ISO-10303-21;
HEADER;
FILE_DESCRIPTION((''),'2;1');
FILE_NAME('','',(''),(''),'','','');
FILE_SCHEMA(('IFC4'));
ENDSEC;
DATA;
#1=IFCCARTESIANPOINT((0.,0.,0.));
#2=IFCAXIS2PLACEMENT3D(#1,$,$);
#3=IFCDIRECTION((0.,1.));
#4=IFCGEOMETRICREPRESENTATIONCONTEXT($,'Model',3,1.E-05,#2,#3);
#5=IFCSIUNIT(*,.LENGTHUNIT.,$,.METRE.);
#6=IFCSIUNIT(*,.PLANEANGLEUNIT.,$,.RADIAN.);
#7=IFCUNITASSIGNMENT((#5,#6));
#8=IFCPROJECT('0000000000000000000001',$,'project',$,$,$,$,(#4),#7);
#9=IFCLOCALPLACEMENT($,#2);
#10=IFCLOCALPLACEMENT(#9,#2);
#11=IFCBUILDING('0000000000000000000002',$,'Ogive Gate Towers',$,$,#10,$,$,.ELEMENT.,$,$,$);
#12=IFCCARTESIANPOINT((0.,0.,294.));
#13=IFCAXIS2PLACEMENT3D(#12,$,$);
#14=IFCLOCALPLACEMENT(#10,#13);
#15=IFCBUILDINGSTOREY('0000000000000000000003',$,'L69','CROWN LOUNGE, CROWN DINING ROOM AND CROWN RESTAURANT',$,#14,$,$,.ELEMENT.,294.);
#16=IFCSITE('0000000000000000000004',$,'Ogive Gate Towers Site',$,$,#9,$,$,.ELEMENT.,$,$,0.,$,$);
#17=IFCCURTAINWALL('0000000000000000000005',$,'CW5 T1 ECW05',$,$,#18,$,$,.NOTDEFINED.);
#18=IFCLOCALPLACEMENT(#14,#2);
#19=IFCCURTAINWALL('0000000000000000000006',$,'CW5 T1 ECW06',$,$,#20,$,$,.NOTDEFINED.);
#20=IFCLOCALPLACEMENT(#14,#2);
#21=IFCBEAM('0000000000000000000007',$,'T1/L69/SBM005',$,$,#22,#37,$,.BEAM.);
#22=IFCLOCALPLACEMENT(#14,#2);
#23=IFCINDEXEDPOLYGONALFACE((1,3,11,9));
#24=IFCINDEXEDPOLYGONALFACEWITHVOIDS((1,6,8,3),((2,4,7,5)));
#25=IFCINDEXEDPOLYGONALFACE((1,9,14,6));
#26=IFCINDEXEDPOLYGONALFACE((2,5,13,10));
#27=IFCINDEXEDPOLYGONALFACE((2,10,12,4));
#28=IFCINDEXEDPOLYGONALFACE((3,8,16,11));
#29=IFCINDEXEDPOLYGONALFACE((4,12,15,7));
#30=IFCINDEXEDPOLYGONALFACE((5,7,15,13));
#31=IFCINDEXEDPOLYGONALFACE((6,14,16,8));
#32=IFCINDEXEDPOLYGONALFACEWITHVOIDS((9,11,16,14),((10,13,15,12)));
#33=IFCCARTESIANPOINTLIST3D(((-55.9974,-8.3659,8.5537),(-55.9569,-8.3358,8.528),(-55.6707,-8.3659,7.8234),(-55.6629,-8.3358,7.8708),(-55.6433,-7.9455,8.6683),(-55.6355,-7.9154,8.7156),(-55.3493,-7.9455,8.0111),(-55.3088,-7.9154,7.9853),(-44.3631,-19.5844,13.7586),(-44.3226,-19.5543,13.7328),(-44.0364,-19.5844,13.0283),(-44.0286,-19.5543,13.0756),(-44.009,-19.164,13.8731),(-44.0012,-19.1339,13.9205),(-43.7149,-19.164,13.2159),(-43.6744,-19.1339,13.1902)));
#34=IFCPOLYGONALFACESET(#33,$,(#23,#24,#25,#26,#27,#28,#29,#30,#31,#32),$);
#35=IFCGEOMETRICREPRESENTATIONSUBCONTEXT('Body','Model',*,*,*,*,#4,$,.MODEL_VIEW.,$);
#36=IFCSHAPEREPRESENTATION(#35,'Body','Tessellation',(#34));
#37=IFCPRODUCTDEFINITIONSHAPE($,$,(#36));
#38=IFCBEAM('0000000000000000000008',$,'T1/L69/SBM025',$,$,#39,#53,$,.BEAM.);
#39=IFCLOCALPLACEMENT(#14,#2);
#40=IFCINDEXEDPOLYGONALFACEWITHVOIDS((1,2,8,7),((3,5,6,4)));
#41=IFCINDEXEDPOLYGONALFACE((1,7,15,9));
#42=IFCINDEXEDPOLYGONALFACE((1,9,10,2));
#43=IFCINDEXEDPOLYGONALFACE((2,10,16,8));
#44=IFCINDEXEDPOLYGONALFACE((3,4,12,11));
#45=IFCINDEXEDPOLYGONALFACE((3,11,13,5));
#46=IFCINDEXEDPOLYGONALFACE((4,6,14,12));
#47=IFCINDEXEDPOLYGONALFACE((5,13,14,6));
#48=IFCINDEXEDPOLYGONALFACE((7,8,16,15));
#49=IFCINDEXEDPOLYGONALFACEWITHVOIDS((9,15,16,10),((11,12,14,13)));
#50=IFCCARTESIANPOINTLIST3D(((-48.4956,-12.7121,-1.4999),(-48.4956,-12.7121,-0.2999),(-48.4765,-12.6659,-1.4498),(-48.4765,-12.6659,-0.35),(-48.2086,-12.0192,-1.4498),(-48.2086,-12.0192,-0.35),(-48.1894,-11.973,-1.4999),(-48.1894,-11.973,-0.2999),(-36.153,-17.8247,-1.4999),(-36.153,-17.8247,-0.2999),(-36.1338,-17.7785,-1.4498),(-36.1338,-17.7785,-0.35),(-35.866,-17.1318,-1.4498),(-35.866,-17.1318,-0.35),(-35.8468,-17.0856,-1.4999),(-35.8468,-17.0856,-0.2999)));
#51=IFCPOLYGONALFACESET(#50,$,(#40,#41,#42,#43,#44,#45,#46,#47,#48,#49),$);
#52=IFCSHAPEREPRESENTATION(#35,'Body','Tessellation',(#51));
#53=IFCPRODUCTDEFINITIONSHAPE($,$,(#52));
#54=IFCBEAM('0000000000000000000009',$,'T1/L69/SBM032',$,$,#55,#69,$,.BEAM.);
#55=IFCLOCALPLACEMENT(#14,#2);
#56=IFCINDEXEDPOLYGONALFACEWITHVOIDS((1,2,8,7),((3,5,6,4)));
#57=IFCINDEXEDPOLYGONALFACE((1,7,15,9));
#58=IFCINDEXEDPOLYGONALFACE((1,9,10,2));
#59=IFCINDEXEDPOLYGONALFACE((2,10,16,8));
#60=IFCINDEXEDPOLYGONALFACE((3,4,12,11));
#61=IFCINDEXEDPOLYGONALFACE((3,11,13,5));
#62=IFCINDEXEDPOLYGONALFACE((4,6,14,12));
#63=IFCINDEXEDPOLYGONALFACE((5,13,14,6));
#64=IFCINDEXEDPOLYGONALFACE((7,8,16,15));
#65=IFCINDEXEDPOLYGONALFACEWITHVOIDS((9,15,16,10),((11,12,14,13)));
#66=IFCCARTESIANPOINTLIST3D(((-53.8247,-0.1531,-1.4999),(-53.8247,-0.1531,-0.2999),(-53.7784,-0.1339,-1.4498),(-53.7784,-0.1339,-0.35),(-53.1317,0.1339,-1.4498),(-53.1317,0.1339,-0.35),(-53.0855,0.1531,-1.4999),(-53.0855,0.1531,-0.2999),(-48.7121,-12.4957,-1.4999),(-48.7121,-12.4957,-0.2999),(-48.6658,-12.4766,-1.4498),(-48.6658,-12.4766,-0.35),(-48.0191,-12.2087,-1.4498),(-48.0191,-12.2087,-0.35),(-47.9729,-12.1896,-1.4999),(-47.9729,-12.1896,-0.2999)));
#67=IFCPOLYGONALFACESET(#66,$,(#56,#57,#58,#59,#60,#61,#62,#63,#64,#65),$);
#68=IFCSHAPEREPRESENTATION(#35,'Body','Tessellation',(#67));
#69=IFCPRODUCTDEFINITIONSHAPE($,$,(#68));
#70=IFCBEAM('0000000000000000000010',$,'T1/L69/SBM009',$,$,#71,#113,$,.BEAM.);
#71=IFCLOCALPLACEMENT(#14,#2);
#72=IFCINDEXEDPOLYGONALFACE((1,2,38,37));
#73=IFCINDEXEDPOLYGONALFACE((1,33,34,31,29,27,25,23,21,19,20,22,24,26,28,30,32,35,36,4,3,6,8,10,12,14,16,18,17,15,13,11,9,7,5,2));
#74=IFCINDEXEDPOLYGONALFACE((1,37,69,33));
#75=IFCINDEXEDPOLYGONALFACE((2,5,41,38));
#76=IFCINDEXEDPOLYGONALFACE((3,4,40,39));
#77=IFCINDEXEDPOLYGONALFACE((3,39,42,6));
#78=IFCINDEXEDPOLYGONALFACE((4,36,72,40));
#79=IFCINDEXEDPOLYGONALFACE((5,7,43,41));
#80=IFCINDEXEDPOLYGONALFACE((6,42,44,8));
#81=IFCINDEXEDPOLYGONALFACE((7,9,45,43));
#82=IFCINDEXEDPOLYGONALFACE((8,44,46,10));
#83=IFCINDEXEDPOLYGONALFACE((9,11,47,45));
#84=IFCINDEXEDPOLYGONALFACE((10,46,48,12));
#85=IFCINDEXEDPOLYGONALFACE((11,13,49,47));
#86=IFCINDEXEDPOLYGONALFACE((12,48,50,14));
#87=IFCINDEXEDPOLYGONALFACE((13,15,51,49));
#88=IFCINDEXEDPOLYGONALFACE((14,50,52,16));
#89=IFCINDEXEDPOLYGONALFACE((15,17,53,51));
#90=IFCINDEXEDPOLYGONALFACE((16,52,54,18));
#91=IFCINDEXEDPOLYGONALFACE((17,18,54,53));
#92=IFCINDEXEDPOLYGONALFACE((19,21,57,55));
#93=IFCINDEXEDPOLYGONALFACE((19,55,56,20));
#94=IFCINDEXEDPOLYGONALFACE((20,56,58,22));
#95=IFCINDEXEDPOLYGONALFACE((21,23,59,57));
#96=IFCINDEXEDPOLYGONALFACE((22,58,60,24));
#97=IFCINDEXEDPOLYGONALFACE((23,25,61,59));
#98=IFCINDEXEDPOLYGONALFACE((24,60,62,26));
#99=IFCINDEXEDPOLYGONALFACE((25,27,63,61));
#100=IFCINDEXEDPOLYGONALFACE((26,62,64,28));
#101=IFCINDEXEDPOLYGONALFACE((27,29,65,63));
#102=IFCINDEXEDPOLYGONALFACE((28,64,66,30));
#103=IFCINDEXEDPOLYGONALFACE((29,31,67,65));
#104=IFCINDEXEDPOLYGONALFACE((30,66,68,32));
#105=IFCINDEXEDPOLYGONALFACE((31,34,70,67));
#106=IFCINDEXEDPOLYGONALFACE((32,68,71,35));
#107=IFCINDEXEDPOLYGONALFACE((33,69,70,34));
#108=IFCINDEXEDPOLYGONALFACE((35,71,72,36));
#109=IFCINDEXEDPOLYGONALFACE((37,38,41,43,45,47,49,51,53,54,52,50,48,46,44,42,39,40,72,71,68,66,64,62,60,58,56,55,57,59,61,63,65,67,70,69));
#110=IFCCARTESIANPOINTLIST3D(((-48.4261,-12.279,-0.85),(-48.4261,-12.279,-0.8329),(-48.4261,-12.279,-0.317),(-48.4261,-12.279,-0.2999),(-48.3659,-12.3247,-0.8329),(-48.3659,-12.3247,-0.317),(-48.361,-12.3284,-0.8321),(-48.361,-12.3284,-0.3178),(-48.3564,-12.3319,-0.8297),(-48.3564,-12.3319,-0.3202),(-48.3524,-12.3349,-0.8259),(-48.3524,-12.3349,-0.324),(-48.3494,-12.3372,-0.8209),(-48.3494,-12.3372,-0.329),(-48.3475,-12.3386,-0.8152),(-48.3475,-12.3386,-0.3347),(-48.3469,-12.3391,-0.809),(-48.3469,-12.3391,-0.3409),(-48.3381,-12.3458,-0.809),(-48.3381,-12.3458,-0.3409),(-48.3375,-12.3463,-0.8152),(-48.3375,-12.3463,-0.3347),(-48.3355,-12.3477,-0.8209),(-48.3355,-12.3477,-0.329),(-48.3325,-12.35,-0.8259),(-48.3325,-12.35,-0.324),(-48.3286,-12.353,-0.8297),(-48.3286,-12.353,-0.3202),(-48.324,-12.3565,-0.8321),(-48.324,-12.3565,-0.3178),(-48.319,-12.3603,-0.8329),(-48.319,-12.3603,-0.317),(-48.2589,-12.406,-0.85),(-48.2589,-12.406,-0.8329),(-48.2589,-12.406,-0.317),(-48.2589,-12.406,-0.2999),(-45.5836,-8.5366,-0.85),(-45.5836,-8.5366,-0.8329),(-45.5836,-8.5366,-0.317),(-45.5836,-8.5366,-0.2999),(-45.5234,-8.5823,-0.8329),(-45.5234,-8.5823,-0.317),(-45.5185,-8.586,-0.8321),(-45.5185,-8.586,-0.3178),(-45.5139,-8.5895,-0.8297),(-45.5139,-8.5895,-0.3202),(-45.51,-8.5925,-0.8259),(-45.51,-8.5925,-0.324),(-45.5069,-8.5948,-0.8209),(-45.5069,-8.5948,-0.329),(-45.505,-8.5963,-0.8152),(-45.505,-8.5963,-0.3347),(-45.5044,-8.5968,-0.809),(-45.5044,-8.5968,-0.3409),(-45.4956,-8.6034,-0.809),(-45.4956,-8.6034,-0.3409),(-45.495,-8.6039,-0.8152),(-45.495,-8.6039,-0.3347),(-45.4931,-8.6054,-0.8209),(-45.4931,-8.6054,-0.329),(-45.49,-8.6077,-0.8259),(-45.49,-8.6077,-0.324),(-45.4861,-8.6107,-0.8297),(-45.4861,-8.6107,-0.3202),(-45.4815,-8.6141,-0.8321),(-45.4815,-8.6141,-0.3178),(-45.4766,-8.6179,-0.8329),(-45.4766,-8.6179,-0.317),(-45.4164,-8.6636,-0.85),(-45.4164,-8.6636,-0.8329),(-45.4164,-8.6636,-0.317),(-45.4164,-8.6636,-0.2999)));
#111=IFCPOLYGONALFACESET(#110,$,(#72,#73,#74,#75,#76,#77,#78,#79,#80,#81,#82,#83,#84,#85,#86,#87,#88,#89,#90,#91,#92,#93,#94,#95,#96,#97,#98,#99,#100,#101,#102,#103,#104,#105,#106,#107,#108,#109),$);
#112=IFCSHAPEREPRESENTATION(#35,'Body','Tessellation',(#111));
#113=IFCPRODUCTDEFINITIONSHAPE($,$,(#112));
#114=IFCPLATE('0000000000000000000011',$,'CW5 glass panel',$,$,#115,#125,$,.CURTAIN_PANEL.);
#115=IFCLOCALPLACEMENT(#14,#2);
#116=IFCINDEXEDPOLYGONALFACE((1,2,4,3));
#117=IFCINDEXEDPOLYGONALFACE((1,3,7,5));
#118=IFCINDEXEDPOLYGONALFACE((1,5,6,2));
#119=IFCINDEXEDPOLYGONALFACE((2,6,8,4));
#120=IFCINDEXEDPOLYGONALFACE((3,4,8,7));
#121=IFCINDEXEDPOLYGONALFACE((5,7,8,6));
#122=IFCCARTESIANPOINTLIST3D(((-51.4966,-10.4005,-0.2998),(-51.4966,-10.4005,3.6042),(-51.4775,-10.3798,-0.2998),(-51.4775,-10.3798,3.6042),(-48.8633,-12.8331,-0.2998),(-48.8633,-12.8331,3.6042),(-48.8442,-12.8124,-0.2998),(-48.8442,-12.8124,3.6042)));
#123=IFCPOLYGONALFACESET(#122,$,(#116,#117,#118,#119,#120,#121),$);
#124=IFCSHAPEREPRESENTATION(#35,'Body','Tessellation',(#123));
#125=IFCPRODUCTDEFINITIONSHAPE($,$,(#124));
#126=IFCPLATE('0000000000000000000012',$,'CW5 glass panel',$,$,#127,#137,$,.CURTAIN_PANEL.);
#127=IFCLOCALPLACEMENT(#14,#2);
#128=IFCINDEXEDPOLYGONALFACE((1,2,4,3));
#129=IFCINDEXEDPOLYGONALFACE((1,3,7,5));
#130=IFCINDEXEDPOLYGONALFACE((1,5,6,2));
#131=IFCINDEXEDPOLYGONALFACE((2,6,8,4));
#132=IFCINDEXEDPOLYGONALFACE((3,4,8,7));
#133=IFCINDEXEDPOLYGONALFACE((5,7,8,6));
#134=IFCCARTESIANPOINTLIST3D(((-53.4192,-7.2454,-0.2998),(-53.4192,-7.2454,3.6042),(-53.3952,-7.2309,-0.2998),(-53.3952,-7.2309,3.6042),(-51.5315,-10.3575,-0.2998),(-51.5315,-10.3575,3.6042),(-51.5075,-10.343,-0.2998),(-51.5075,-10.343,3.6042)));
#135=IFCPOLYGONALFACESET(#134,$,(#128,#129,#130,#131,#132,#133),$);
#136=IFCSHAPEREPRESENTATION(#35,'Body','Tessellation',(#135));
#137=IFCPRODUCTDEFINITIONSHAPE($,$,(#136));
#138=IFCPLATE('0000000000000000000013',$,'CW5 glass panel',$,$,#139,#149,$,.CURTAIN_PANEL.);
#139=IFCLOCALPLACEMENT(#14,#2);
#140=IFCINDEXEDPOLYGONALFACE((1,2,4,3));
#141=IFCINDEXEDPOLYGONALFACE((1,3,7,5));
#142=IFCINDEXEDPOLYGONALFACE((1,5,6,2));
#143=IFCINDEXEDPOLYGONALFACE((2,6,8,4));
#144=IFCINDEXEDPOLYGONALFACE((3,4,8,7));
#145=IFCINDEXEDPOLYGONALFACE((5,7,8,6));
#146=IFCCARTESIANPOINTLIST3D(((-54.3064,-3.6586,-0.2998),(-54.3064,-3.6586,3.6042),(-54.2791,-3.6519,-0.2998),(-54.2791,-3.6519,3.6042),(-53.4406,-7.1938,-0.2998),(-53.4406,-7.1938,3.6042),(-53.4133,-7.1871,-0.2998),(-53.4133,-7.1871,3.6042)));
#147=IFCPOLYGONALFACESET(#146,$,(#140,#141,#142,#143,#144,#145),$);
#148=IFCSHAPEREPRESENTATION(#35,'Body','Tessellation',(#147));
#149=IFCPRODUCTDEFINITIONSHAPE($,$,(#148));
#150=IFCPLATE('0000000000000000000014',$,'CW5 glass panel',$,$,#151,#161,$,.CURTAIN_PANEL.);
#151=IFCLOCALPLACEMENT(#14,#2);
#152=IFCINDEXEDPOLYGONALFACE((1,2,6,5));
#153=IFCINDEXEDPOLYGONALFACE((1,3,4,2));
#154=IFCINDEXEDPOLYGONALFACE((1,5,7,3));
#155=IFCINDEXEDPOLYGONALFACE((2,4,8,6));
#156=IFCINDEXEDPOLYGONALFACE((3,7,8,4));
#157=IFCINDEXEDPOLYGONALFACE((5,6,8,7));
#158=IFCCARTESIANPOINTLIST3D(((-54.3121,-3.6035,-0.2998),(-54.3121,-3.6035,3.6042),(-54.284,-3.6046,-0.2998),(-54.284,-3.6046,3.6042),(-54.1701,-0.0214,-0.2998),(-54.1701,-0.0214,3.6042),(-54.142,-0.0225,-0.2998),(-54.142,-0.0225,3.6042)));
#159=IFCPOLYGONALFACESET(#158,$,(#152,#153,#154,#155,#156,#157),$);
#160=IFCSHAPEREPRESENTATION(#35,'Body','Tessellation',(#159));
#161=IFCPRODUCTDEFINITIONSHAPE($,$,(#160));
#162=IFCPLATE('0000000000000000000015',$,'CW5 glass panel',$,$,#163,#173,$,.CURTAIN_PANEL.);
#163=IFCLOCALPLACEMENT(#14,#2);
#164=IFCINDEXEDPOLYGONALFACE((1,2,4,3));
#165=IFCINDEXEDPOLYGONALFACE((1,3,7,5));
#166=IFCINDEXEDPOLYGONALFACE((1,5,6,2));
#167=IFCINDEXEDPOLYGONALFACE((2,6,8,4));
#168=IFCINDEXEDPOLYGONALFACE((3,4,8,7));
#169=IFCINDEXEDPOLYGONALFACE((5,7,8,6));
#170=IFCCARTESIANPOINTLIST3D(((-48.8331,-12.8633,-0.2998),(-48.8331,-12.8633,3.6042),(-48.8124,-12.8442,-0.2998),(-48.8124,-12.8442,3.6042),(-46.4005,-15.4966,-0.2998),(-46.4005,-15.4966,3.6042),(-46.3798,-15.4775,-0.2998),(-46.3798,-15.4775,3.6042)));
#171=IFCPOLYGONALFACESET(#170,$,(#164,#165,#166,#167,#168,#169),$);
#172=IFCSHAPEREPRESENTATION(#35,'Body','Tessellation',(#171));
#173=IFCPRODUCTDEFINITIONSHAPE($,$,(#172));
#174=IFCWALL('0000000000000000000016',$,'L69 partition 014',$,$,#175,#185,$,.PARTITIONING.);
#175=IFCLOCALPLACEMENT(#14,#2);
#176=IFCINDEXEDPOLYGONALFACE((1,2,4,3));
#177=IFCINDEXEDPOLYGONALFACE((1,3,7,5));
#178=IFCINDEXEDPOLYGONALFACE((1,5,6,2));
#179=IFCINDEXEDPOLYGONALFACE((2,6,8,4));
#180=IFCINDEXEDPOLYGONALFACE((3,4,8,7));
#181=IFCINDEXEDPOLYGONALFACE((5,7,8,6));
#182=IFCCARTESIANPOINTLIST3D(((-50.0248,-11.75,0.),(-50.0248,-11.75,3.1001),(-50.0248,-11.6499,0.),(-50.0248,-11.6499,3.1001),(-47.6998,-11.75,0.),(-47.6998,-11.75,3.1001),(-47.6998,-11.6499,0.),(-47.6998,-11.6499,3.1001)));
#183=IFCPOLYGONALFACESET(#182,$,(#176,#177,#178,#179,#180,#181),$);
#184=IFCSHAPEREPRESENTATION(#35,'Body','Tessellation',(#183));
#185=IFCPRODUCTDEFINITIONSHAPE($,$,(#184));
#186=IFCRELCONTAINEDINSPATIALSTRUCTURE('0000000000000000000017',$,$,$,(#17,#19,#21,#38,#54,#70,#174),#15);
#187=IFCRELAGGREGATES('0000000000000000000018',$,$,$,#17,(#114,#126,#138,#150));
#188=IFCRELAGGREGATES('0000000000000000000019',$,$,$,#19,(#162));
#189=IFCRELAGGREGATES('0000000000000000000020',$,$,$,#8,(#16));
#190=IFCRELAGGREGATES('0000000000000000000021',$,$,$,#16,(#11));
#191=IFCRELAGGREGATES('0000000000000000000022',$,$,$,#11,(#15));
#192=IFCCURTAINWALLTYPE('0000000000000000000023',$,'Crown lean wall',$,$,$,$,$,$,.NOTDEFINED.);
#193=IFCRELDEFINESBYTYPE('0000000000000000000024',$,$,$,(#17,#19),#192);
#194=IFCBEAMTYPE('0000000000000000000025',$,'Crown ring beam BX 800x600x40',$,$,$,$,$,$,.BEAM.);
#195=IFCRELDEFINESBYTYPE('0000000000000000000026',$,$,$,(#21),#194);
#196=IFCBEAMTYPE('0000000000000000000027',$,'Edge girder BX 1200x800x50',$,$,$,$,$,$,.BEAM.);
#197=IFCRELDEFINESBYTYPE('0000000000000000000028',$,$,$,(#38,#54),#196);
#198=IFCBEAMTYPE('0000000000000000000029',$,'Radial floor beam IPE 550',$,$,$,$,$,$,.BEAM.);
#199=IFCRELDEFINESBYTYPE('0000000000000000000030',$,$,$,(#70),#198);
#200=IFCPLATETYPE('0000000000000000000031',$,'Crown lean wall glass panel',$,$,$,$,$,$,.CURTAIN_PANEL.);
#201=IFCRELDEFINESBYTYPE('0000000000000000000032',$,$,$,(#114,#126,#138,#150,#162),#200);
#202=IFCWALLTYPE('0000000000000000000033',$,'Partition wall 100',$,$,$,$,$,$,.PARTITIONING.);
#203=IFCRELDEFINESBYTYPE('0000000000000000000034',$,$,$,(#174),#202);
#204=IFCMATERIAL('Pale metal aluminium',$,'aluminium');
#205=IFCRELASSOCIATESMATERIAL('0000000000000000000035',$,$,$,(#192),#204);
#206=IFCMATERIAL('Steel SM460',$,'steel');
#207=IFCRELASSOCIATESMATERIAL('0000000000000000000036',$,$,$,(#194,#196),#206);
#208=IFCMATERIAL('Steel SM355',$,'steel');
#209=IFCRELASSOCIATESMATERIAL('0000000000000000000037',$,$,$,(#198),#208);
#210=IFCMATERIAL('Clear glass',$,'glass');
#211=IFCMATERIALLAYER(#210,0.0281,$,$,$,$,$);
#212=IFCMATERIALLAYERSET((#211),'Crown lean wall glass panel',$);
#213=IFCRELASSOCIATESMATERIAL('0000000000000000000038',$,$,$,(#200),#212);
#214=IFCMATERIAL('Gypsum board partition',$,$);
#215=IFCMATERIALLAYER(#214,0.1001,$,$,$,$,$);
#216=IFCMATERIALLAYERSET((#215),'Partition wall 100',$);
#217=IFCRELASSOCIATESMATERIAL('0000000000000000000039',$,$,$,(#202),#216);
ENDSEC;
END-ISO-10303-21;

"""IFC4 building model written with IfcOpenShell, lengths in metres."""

from ifc_helpers import new_model, si_unit, direction, frame, frame_2d, origin, origin_2d, place, context, subcontext, project, spatial, rectangle, hollow_rectangle, i_section, extrude, material, layer, layer_set, material_profile, profile_set, type_object, element, aggregate, save


model = new_model("IFC4")

# Units and contexts
model_context = context("Model", 3, precision=1e-05, world=origin(), true_north=direction((0.0, 1.0)))
body_context = subcontext(model_context, "Body", "Model", "MODEL_VIEW")
ifc_project = project(units=[si_unit("LENGTHUNIT", "METRE"), si_unit("PLANEANGLEUNIT", "RADIAN")], contexts=[model_context])

# Site, building, storey
site_placement = place(None, origin())
site = spatial("IfcSite", under=ifc_project, at=site_placement, Name="Ogive Gate Towers Site", CompositionType="ELEMENT", RefElevation=0.0)
building_placement = place(site_placement, origin())
building = spatial("IfcBuilding", under=site, at=building_placement, Name="Ogive Gate Towers", CompositionType="ELEMENT")
storey_placement = place(building_placement, frame((0.0, 0.0, 294.0)))
storey = spatial("IfcBuildingStorey", under=building, at=storey_placement, Name="L69", Description="CROWN LOUNGE, CROWN DINING ROOM AND CROWN RESTAURANT", CompositionType="ELEMENT", Elevation=294.0)

# Shared definitions
ifc_material_1 = material(Name="Steel SM460", Category="steel")

# Shared definitions
ifc_material_2 = material(Name="Pale metal aluminium", Category="aluminium")
curtain_wall_type = type_object("IfcCurtainWallType", Name="Crown lean wall", PredefinedType="NOTDEFINED", material=ifc_material_2)

# Curtain wall
curtain_wall_1_placement = place(storey_placement, origin())
curtain_wall_1 = element("IfcCurtainWall", 1, at=curtain_wall_1_placement, inside=storey, type_object=curtain_wall_type, Name="CW5 T1 ECW05", PredefinedType="NOTDEFINED")

# Curtain wall
curtain_wall_2_placement = place(storey_placement, origin())
curtain_wall_2 = element("IfcCurtainWall", 2, at=curtain_wall_2_placement, inside=storey, type_object=curtain_wall_type, Name="CW5 T1 ECW06", PredefinedType="NOTDEFINED")

# Beams
ifc_material_profile_1 = material_profile(ifc_material_1, hollow_rectangle(XDim=0.6001, YDim=0.8, WallThickness=0.04, at=origin_2d()), Name="BX 800x600x40")
ifc_profile_set_1 = profile_set([ifc_material_profile_1], Name="Steel SM460")
beam_type_1 = type_object("IfcBeamType", Name="Crown ring beam BX 800x600x40", PredefinedType="BEAM", material=ifc_profile_set_1)
beam_1_placement = place(storey_placement, frame((-55.6531, -8.1406, 8.2695), z_axis=(0.685198, -0.660711, 0.306537), x_axis=(-0.60311, -0.75064, -0.26981)))
element("IfcBeam", 3, at=beam_1_placement, inside=storey, type_object=beam_type_1, Name="T1/L69/SBM005", PredefinedType="BEAM", context=body_context, shape_type="SweptSolid", body=[
    extrude(hollow_rectangle(XDim=0.6001, YDim=0.8, WallThickness=0.04, at=origin_2d()), origin(), (0.0, 0.0, 1.0), 16.9795),
])
ifc_material_profile_2 = material_profile(ifc_material_1, hollow_rectangle(XDim=0.8, YDim=1.2, WallThickness=0.05, at=origin_2d()), Name="BX 1200x800x50")
ifc_profile_set_2 = profile_set([ifc_material_profile_2], Name="Steel SM460")
beam_type_2 = type_object("IfcBeamType", Name="Edge girder BX 1200x800x50", PredefinedType="BEAM", material=ifc_profile_set_2)
for number, where, z_axis, x_axis, name in (
    (4, (-48.3425, -12.3425, -0.8999), (0.923877, -0.38269, 0.0), (0.38269, 0.923877, 0.0), "T1/L69/SBM025"),
    (5, (-53.4551, 0.0, -0.8999), (0.38269, -0.923877, 0.0), (0.923877, 0.38269, 0.0), "T1/L69/SBM032"),
):
    element("IfcBeam", number, at=place(storey_placement, frame(where, z_axis=z_axis, x_axis=x_axis)), inside=storey, type_object=beam_type_2, Name=name, PredefinedType="BEAM", context=body_context, shape_type="SweptSolid", body=[
        extrude(hollow_rectangle(XDim=0.8, YDim=1.2, WallThickness=0.05, at=origin_2d()), origin(), (0.0, 0.0, 1.0), 13.3596),
    ])
ifc_material_3 = material(Name="Steel SM355", Category="steel")
ifc_material_profile_3 = material_profile(ifc_material_3, i_section(OverallWidth=0.21, OverallDepth=0.55, WebThickness=0.011, FlangeThickness=0.0171, FilletRadius=0.0239, at=origin_2d()), Name="IPE 550")
ifc_profile_set_3 = profile_set([ifc_material_profile_3], Name="Steel SM355")
beam_type_3 = type_object("IfcBeamType", Name="Radial floor beam IPE 550", PredefinedType="BEAM", material=ifc_profile_set_3)
beam_2_placement = place(storey_placement, frame((-45.5, -8.6001, -0.575), z_axis=(-0.604851, -0.796338, 0.0), x_axis=(0.796338, -0.604851, 0.0)))
element("IfcBeam", 6, at=beam_2_placement, inside=storey, type_object=beam_type_3, Name="T1/L69/SBM009", PredefinedType="BEAM", context=body_context, shape_type="SweptSolid", body=[
    extrude(i_section(OverallWidth=0.21, OverallDepth=0.55, WebThickness=0.011, FlangeThickness=0.0171, FilletRadius=0.0239, at=origin_2d()), origin(), (0.0, 0.0, 1.0), 4.6995),
])

# Plates
ifc_material_4 = material(Name="Clear glass", Category="glass")
ifc_layer_1 = layer(ifc_material_4, 0.0281)
ifc_layer_set_1 = layer_set([ifc_layer_1], Name="Crown lean wall glass panel")
plate_type = type_object("IfcPlateType", Name="Crown lean wall glass panel", PredefinedType="CURTAIN_PANEL", material=ifc_layer_set_1)
plate_1_placement = place(storey_placement, frame((-50.1704, -11.6064, -0.2998), z_axis=(0.0, 0.0, 1.0), x_axis=(-0.734548, 0.678557, 0.0)))
plate_1 = element("IfcPlate", 7, at=plate_1_placement, type_object=plate_type, Name="CW5 glass panel", PredefinedType="CURTAIN_PANEL", context=body_context, shape_type="SweptSolid", body=[
    extrude(rectangle(XDim=3.585, YDim=0.0281, at=origin_2d()), origin(), (0.0, 0.0, 1.0), 3.9041),
])
plate_2_placement = place(storey_placement, frame((-52.4634, -8.7942, -0.2998), z_axis=(0.0, 0.0, 1.0), x_axis=(-0.518624, 0.855002, 0.0)))
plate_2 = element("IfcPlate", 8, at=plate_2_placement, type_object=plate_type, Name="CW5 glass panel", PredefinedType="CURTAIN_PANEL", context=body_context, shape_type="SweptSolid", body=[
    extrude(rectangle(XDim=3.6399, YDim=0.0281, at=origin_2d()), origin(), (0.0, 0.0, 1.0), 3.9041),
])
plate_3_placement = place(storey_placement, frame((-53.8599, -5.4229, -0.2998), z_axis=(0.0, 0.0, 1.0), x_axis=(-0.237872, 0.971296, 0.0)))
plate_3 = element("IfcPlate", 9, at=plate_3_placement, type_object=plate_type, Name="CW5 glass panel", PredefinedType="CURTAIN_PANEL", context=body_context, shape_type="SweptSolid", body=[
    extrude(rectangle(XDim=3.6396, YDim=0.0281, at=origin_2d()), origin(), (0.0, 0.0, 1.0), 3.9041),
])
plate_4_placement = place(storey_placement, frame((-54.2271, -1.813, -0.2998), z_axis=(0.0, 0.0, 1.0), x_axis=(0.039609, 0.999215, 0.0)))
plate_4 = element("IfcPlate", 10, at=plate_4_placement, type_object=plate_type, Name="CW5 glass panel", PredefinedType="CURTAIN_PANEL", context=body_context, shape_type="SweptSolid", body=[
    extrude(rectangle(XDim=3.585, YDim=0.0281, at=origin_2d()), origin(), (0.0, 0.0, 1.0), 3.9041),
])
aggregate(curtain_wall_1, [plate_1, plate_2, plate_3, plate_4])
plate_5_placement = place(storey_placement, frame((-47.6064, -14.1704, -0.2998), z_axis=(0.0, 0.0, 1.0), x_axis=(-0.678557, 0.734548, 0.0)))
plate_5 = element("IfcPlate", 11, at=plate_5_placement, type_object=plate_type, Name="CW5 glass panel", PredefinedType="CURTAIN_PANEL", context=body_context, shape_type="SweptSolid", body=[
    extrude(rectangle(XDim=3.585, YDim=0.0281, at=origin_2d()), origin(), (0.0, 0.0, 1.0), 3.9041),
])
aggregate(curtain_wall_2, [plate_5])

# Wall
ifc_material_5 = material(Name="Gypsum board partition")
ifc_layer_2 = layer(ifc_material_5, 0.1001)
ifc_layer_set_2 = layer_set([ifc_layer_2], Name="Partition wall 100")
wall_type = type_object("IfcWallType", Name="Partition wall 100", PredefinedType="PARTITIONING", material=ifc_layer_set_2)
wall_1_placement = place(storey_placement, frame((-50.0249, -11.7, 0.0), z_axis=(0.0, 0.0, 1.0), x_axis=(1.0, 0.0, 0.0)))
element("IfcWall", 12, at=wall_1_placement, inside=storey, type_object=wall_type, Name="L69 partition 014", PredefinedType="PARTITIONING", context=body_context, shape_type="SweptSolid", body=[
    extrude(rectangle(XDim=2.325, YDim=0.1001, at=frame_2d((1.1626, 0.0))), origin(), (0.0, 0.0, 1.0), 3.1001),
])

save(model, "model.ifc")
